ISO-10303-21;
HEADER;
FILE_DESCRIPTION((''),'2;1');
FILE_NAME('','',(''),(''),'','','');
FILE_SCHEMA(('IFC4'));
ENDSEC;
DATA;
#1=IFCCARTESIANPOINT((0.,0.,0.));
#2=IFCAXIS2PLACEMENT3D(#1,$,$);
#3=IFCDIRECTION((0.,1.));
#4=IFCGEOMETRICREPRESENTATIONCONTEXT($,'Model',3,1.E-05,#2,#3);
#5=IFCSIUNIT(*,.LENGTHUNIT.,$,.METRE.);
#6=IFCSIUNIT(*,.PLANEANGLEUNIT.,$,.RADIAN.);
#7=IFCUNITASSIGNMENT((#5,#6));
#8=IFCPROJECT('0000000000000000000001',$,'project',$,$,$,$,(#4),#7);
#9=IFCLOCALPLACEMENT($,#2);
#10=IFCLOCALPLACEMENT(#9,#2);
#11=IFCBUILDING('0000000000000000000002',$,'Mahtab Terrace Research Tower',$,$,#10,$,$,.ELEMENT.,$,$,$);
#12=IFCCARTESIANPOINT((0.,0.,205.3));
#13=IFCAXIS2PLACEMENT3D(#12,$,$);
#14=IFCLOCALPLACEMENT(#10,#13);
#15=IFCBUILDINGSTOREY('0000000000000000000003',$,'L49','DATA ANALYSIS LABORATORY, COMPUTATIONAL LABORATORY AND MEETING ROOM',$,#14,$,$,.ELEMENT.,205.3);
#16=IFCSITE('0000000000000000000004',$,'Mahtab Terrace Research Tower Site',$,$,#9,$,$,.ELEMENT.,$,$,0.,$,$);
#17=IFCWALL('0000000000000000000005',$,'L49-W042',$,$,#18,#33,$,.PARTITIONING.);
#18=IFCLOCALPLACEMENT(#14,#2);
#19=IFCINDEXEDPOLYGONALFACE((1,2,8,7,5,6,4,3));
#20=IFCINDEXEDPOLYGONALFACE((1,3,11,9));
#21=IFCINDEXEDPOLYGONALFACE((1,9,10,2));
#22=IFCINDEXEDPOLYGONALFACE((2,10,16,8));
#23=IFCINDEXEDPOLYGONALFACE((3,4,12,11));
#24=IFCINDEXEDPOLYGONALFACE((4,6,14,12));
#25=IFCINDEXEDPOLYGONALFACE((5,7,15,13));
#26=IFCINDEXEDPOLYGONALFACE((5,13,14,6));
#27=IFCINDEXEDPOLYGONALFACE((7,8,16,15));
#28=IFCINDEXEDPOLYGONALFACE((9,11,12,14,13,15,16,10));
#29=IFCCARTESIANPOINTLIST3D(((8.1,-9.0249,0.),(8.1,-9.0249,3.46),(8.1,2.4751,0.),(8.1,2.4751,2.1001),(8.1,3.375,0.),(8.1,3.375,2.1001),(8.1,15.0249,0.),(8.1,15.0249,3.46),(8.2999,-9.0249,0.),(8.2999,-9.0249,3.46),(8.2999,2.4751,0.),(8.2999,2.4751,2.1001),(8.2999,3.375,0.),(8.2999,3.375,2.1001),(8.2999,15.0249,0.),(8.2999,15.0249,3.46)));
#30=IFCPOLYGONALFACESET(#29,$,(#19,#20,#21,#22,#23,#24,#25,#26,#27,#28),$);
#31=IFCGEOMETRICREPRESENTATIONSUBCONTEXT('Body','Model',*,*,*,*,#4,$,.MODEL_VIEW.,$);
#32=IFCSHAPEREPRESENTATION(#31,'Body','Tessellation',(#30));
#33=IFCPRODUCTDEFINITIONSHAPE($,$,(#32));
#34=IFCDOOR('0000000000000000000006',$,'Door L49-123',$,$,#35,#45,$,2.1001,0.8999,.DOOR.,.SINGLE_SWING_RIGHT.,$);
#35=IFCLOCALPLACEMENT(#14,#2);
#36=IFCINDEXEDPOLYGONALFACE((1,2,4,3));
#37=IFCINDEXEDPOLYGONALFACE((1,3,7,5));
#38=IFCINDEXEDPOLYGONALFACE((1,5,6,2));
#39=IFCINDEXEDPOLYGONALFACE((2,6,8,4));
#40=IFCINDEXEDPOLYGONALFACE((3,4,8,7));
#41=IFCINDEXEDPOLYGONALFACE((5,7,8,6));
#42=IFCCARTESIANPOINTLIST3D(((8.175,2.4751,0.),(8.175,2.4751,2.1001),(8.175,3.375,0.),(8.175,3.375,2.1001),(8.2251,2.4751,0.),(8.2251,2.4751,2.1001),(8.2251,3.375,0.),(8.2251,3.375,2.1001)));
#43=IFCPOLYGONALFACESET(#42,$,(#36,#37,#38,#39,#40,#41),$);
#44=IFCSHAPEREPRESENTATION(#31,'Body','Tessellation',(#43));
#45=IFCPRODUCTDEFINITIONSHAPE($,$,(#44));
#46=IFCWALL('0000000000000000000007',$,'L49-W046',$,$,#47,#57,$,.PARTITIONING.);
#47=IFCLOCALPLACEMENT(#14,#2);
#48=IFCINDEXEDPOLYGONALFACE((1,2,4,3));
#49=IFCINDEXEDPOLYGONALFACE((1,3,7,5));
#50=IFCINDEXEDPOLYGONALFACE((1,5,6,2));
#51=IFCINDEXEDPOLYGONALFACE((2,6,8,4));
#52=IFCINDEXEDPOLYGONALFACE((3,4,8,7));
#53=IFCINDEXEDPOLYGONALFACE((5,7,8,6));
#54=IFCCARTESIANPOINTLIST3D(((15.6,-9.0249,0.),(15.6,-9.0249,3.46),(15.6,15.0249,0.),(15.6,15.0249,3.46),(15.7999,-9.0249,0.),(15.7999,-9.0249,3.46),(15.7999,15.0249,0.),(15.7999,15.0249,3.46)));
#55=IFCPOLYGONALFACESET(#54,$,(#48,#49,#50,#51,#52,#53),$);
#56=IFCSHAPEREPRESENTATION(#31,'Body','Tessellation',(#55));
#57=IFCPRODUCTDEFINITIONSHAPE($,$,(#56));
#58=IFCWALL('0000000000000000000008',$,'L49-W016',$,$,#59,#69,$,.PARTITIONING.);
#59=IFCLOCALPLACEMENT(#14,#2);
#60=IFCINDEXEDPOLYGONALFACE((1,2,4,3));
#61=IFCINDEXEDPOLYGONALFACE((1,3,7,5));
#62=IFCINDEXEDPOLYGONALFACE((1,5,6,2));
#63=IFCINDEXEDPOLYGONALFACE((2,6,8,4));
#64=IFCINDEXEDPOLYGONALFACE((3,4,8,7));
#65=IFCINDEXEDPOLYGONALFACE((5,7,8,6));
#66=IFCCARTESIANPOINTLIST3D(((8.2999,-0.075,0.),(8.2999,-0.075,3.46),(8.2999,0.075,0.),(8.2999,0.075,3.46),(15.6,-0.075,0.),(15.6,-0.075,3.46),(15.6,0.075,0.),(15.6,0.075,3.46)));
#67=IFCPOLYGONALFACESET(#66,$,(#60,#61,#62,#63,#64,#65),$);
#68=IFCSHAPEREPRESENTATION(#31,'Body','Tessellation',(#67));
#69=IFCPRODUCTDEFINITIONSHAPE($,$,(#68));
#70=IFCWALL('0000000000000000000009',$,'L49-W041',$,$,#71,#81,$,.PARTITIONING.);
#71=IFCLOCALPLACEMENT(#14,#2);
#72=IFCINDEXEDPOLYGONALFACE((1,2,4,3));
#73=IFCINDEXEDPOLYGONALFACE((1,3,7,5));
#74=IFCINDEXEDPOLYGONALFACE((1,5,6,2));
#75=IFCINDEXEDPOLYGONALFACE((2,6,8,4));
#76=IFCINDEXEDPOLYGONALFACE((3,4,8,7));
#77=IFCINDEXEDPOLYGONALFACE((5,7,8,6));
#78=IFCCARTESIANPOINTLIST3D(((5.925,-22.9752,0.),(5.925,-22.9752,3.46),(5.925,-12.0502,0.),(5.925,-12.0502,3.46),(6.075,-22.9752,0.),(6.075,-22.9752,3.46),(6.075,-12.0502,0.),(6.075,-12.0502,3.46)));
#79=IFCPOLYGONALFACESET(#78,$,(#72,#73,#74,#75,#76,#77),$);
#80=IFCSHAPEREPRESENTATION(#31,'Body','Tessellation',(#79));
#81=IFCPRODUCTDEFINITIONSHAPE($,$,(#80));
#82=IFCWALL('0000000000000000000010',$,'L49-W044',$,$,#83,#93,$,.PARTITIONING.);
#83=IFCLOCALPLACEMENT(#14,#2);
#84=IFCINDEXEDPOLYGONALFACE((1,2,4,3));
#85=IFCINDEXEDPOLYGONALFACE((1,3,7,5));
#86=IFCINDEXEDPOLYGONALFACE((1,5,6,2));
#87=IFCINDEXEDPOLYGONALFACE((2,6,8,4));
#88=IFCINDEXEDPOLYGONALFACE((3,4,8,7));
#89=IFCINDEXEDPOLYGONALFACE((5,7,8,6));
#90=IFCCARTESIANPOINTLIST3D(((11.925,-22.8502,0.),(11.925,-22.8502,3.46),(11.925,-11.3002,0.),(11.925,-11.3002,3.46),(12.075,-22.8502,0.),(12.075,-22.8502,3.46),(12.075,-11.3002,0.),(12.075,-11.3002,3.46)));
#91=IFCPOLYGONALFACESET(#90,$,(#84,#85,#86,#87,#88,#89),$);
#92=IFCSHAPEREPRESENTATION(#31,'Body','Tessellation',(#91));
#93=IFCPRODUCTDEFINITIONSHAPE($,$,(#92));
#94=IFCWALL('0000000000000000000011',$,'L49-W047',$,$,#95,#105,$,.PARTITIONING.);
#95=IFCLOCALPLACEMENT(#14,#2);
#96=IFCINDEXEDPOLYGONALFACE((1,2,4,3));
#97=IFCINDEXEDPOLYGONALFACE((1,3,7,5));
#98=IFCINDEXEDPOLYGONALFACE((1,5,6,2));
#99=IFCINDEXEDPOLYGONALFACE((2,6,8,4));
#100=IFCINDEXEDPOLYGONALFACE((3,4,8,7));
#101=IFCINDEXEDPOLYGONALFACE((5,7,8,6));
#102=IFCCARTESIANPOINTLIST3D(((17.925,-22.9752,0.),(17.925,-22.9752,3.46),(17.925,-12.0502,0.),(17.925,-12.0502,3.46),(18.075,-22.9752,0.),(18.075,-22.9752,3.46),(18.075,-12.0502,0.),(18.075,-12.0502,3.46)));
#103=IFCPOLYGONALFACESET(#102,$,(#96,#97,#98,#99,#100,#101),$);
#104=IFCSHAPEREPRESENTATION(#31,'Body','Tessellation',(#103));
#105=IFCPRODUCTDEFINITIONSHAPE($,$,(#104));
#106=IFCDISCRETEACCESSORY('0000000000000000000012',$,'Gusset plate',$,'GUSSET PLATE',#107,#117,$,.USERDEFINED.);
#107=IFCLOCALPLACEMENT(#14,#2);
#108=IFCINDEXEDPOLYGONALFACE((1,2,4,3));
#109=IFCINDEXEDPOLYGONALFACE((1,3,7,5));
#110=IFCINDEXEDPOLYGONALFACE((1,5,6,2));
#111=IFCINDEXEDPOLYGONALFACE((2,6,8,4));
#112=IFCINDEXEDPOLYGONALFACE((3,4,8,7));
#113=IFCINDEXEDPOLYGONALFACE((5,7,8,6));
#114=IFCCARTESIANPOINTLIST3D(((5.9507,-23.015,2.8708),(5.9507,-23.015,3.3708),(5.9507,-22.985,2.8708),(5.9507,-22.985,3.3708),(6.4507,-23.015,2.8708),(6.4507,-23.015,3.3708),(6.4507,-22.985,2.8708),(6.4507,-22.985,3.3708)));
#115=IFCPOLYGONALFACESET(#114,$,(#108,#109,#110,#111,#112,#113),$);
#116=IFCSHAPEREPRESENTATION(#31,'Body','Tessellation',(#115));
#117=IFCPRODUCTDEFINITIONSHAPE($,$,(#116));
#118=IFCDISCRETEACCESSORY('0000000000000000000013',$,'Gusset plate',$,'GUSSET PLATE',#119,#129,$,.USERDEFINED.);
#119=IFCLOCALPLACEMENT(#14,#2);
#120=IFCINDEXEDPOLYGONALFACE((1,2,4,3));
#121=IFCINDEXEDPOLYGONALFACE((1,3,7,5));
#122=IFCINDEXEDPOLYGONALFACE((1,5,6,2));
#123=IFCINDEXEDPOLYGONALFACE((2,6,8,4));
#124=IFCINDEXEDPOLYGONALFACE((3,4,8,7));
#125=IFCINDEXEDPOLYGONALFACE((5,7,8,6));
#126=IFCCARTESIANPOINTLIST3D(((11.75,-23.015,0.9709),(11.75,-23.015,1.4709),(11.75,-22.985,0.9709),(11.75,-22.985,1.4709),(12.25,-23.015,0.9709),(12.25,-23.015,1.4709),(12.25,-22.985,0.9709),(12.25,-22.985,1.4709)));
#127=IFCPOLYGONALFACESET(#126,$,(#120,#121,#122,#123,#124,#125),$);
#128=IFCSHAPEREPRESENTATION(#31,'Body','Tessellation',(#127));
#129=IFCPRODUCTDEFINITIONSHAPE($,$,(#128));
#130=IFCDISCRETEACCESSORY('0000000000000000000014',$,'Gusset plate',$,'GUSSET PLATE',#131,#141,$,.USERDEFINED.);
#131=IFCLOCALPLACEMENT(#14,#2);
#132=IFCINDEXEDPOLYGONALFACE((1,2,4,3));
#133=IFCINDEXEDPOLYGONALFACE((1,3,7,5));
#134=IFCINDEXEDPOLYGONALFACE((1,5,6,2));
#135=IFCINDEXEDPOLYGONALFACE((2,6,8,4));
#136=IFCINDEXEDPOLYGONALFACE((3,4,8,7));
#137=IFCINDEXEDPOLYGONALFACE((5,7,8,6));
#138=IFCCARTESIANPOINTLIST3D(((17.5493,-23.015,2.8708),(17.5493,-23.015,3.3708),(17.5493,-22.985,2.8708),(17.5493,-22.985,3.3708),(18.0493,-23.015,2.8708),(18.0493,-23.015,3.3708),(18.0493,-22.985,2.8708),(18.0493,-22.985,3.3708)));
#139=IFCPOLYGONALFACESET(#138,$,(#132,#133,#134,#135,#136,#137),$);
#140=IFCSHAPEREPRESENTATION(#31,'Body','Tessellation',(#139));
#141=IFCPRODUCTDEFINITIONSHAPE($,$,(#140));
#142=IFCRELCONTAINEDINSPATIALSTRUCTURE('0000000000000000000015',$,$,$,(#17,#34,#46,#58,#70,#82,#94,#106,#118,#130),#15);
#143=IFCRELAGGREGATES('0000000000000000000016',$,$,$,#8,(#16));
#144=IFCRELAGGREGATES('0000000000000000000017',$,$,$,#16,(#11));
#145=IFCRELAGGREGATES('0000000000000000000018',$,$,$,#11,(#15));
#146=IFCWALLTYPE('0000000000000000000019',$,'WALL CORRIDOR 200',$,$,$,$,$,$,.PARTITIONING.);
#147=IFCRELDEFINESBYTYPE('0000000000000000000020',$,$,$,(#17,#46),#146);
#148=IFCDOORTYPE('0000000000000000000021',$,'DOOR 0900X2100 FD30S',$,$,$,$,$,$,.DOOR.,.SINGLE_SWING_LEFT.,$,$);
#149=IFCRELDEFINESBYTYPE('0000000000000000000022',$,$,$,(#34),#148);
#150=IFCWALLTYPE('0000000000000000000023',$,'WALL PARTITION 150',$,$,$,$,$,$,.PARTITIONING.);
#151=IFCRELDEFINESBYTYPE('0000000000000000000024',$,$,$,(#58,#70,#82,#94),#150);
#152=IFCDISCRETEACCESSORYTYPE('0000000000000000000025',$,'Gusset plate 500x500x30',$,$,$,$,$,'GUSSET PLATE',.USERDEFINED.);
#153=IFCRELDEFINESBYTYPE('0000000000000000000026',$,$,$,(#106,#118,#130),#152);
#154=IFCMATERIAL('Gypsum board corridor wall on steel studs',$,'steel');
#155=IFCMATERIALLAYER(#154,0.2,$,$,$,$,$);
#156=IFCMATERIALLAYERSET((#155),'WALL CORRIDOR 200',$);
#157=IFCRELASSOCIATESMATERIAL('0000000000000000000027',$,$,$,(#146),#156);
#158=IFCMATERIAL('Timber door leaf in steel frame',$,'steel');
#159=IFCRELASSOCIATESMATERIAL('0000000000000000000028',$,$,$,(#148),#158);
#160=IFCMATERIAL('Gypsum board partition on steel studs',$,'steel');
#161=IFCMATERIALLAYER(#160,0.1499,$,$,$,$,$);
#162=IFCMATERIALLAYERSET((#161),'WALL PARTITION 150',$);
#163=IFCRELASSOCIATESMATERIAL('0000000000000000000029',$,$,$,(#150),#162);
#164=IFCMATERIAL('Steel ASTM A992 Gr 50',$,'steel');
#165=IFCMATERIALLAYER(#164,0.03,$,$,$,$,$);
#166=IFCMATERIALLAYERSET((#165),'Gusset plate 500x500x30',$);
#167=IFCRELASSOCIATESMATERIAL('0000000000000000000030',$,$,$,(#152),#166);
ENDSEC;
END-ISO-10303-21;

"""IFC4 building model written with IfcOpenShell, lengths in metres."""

from ifc_helpers import new_model, si_unit, direction, frame, frame_2d, origin, origin_2d, place, context, subcontext, project, spatial, rectangle, extrude, material, layer, layer_set, type_object, element, fill, save


model = new_model("IFC4")

# Units and contexts
model_context = context("Model", 3, precision=1e-05, world=origin(), true_north=direction((0.0, 1.0)))
body_context = subcontext(model_context, "Body", "Model", "MODEL_VIEW")
ifc_project = project(units=[si_unit("LENGTHUNIT", "METRE"), si_unit("PLANEANGLEUNIT", "RADIAN")], contexts=[model_context])

# Site, building, storey
site_placement = place(None, origin())
site = spatial("IfcSite", under=ifc_project, at=site_placement, Name="Mahtab Terrace Research Tower Site", CompositionType="ELEMENT", RefElevation=0.0)
building_placement = place(site_placement, origin())
building = spatial("IfcBuilding", under=site, at=building_placement, Name="Mahtab Terrace Research Tower", CompositionType="ELEMENT")
storey_placement = place(building_placement, frame((0.0, 0.0, 205.3)))
storey = spatial("IfcBuildingStorey", under=building, at=storey_placement, Name="L49", Description="DATA ANALYSIS LABORATORY, COMPUTATIONAL LABORATORY AND MEETING ROOM", CompositionType="ELEMENT", Elevation=205.3)

# Shared definitions
ifc_material_1 = material(Name="Steel ASTM A992 Gr 50", Category="steel")

# Shared definitions
ifc_material_2 = material(Name="Gypsum board corridor wall on steel studs", Category="steel")
ifc_layer_1 = layer(ifc_material_2, 0.2)
ifc_layer_set_1 = layer_set([ifc_layer_1], Name="WALL CORRIDOR 200")
wall_type_1 = type_object("IfcWallType", Name="WALL CORRIDOR 200", PredefinedType="PARTITIONING", material=ifc_layer_set_1)
ifc_material_3 = material(Name="Timber door leaf in steel frame", Category="steel")

# Wall, opening, door
wall_1_placement = place(storey_placement, frame((8.2, -9.0249, 0.0), z_axis=(0.0, 0.0, 1.0), x_axis=(0.0, 1.0, 0.0)))
wall_1 = element("IfcWall", 1, at=wall_1_placement, inside=storey, type_object=wall_type_1, Name="L49-W042", PredefinedType="PARTITIONING", context=body_context, shape_type="SweptSolid", body=[
    extrude(rectangle(XDim=24.0498, YDim=0.2, at=frame_2d((12.0249, 0.0))), origin(), (0.0, 0.0, 1.0), 3.46),
])
opening_1_placement = place(wall_1_placement, frame((11.5, 0.0, 0.0)))
opening_1 = element("IfcOpeningElement", 2, at=opening_1_placement, cuts=wall_1, PredefinedType="OPENING", context=body_context, shape_type="SweptSolid", body=[
    extrude(rectangle(XDim=0.8999, YDim=2.1001, at=frame_2d((0.45, 1.05))), frame((0.0, 0.1099, 0.0), z_axis=(0.0, -1.0, 0.0), x_axis=(1.0, 0.0, 0.0)), (0.0, 0.0, 1.0), 0.22),
])
door_type_1 = type_object("IfcDoorType", Name="DOOR 0900X2100 FD30S", OperationType="SINGLE_SWING_LEFT", PredefinedType="DOOR", material=ifc_material_3)
door_1_placement = place(opening_1_placement, origin())
door_1 = element("IfcDoor", 3, at=door_1_placement, inside=storey, type_object=door_type_1, Name="Door L49-123", OperationType="SINGLE_SWING_RIGHT", OverallHeight=2.1001, OverallWidth=0.8999, PredefinedType="DOOR", context=body_context, shape_type="SweptSolid", body=[
    extrude(rectangle(XDim=0.8999, YDim=2.1001, at=frame_2d((0.45, 1.05))), frame((0.0, 0.0249, 0.0), z_axis=(0.0, -1.0, 0.0), x_axis=(1.0, 0.0, 0.0)), (0.0, 0.0, 1.0), 0.05),
])
fill(opening_1, door_1)

# Walls
wall_2_placement = place(storey_placement, frame((15.7, -9.0249, 0.0), z_axis=(0.0, 0.0, 1.0), x_axis=(0.0, 1.0, 0.0)))
element("IfcWall", 4, at=wall_2_placement, inside=storey, type_object=wall_type_1, Name="L49-W046", PredefinedType="PARTITIONING", context=body_context, shape_type="SweptSolid", body=[
    extrude(rectangle(XDim=24.0498, YDim=0.2, at=frame_2d((12.0249, 0.0))), origin(), (0.0, 0.0, 1.0), 3.46),
])
ifc_material_4 = material(Name="Gypsum board partition on steel studs", Category="steel")
ifc_layer_2 = layer(ifc_material_4, 0.1499)
ifc_layer_set_2 = layer_set([ifc_layer_2], Name="WALL PARTITION 150")
wall_type_2 = type_object("IfcWallType", Name="WALL PARTITION 150", PredefinedType="PARTITIONING", material=ifc_layer_set_2)
wall_3_placement = place(storey_placement, frame((8.3, 0.0, 0.0), z_axis=(0.0, 0.0, 1.0), x_axis=(1.0, 0.0, 0.0)))
element("IfcWall", 5, at=wall_3_placement, inside=storey, type_object=wall_type_2, Name="L49-W016", PredefinedType="PARTITIONING", context=body_context, shape_type="SweptSolid", body=[
    extrude(rectangle(XDim=7.3, YDim=0.1499, at=frame_2d((3.6499, 0.0))), origin(), (0.0, 0.0, 1.0), 3.46),
])
wall_4_placement = place(storey_placement, frame((6.0, -22.9751, 0.0), z_axis=(0.0, 0.0, 1.0), x_axis=(0.0, 1.0, 0.0)))
element("IfcWall", 6, at=wall_4_placement, inside=storey, type_object=wall_type_2, Name="L49-W041", PredefinedType="PARTITIONING", context=body_context, shape_type="SweptSolid", body=[
    extrude(rectangle(XDim=10.925, YDim=0.1499, at=frame_2d((5.4624, 0.0))), origin(), (0.0, 0.0, 1.0), 3.46),
])
wall_5_placement = place(storey_placement, frame((12.0, -22.8501, 0.0), z_axis=(0.0, 0.0, 1.0), x_axis=(0.0, 1.0, 0.0)))
element("IfcWall", 7, at=wall_5_placement, inside=storey, type_object=wall_type_2, Name="L49-W044", PredefinedType="PARTITIONING", context=body_context, shape_type="SweptSolid", body=[
    extrude(rectangle(XDim=11.55, YDim=0.1499, at=frame_2d((5.7749, 0.0))), origin(), (0.0, 0.0, 1.0), 3.46),
])
wall_6_placement = place(storey_placement, frame((18.0, -22.9751, 0.0), z_axis=(0.0, 0.0, 1.0), x_axis=(0.0, 1.0, 0.0)))
element("IfcWall", 8, at=wall_6_placement, inside=storey, type_object=wall_type_2, Name="L49-W047", PredefinedType="PARTITIONING", context=body_context, shape_type="SweptSolid", body=[
    extrude(rectangle(XDim=10.925, YDim=0.1499, at=frame_2d((5.4624, 0.0))), origin(), (0.0, 0.0, 1.0), 3.46),
])

# Discrete accessories
ifc_layer_3 = layer(ifc_material_1, 0.03)
ifc_layer_set_3 = layer_set([ifc_layer_3], Name="Gusset plate 500x500x30")
discrete_accessory_type = type_object("IfcDiscreteAccessoryType", Name="Gusset plate 500x500x30", ElementType="GUSSET PLATE", PredefinedType="USERDEFINED", material=ifc_layer_set_3)
for number, where, z_axis, x_axis, name in (
    (9, (6.2007, -23.0, 2.8708), (0.0, 0.0, 1.0), (1.0, 0.0, 0.0), "Gusset plate"),
    (10, (12.0, -23.0, 0.9709), (0.0, 0.0, 1.0), (1.0, 0.0, 0.0), "Gusset plate"),
    (11, (17.7993, -23.0, 2.8708), (0.0, 0.0, 1.0), (1.0, 0.0, 0.0), "Gusset plate"),
):
    element("IfcDiscreteAccessory", number, at=place(storey_placement, frame(where, z_axis=z_axis, x_axis=x_axis)), inside=storey, type_object=discrete_accessory_type, Name=name, ObjectType="GUSSET PLATE", PredefinedType="USERDEFINED", context=body_context, shape_type="SweptSolid", body=[
        extrude(rectangle(XDim=0.5, YDim=0.03, at=origin_2d()), origin(), (0.0, 0.0, 1.0), 0.5),
    ])

save(model, "model.ifc")
